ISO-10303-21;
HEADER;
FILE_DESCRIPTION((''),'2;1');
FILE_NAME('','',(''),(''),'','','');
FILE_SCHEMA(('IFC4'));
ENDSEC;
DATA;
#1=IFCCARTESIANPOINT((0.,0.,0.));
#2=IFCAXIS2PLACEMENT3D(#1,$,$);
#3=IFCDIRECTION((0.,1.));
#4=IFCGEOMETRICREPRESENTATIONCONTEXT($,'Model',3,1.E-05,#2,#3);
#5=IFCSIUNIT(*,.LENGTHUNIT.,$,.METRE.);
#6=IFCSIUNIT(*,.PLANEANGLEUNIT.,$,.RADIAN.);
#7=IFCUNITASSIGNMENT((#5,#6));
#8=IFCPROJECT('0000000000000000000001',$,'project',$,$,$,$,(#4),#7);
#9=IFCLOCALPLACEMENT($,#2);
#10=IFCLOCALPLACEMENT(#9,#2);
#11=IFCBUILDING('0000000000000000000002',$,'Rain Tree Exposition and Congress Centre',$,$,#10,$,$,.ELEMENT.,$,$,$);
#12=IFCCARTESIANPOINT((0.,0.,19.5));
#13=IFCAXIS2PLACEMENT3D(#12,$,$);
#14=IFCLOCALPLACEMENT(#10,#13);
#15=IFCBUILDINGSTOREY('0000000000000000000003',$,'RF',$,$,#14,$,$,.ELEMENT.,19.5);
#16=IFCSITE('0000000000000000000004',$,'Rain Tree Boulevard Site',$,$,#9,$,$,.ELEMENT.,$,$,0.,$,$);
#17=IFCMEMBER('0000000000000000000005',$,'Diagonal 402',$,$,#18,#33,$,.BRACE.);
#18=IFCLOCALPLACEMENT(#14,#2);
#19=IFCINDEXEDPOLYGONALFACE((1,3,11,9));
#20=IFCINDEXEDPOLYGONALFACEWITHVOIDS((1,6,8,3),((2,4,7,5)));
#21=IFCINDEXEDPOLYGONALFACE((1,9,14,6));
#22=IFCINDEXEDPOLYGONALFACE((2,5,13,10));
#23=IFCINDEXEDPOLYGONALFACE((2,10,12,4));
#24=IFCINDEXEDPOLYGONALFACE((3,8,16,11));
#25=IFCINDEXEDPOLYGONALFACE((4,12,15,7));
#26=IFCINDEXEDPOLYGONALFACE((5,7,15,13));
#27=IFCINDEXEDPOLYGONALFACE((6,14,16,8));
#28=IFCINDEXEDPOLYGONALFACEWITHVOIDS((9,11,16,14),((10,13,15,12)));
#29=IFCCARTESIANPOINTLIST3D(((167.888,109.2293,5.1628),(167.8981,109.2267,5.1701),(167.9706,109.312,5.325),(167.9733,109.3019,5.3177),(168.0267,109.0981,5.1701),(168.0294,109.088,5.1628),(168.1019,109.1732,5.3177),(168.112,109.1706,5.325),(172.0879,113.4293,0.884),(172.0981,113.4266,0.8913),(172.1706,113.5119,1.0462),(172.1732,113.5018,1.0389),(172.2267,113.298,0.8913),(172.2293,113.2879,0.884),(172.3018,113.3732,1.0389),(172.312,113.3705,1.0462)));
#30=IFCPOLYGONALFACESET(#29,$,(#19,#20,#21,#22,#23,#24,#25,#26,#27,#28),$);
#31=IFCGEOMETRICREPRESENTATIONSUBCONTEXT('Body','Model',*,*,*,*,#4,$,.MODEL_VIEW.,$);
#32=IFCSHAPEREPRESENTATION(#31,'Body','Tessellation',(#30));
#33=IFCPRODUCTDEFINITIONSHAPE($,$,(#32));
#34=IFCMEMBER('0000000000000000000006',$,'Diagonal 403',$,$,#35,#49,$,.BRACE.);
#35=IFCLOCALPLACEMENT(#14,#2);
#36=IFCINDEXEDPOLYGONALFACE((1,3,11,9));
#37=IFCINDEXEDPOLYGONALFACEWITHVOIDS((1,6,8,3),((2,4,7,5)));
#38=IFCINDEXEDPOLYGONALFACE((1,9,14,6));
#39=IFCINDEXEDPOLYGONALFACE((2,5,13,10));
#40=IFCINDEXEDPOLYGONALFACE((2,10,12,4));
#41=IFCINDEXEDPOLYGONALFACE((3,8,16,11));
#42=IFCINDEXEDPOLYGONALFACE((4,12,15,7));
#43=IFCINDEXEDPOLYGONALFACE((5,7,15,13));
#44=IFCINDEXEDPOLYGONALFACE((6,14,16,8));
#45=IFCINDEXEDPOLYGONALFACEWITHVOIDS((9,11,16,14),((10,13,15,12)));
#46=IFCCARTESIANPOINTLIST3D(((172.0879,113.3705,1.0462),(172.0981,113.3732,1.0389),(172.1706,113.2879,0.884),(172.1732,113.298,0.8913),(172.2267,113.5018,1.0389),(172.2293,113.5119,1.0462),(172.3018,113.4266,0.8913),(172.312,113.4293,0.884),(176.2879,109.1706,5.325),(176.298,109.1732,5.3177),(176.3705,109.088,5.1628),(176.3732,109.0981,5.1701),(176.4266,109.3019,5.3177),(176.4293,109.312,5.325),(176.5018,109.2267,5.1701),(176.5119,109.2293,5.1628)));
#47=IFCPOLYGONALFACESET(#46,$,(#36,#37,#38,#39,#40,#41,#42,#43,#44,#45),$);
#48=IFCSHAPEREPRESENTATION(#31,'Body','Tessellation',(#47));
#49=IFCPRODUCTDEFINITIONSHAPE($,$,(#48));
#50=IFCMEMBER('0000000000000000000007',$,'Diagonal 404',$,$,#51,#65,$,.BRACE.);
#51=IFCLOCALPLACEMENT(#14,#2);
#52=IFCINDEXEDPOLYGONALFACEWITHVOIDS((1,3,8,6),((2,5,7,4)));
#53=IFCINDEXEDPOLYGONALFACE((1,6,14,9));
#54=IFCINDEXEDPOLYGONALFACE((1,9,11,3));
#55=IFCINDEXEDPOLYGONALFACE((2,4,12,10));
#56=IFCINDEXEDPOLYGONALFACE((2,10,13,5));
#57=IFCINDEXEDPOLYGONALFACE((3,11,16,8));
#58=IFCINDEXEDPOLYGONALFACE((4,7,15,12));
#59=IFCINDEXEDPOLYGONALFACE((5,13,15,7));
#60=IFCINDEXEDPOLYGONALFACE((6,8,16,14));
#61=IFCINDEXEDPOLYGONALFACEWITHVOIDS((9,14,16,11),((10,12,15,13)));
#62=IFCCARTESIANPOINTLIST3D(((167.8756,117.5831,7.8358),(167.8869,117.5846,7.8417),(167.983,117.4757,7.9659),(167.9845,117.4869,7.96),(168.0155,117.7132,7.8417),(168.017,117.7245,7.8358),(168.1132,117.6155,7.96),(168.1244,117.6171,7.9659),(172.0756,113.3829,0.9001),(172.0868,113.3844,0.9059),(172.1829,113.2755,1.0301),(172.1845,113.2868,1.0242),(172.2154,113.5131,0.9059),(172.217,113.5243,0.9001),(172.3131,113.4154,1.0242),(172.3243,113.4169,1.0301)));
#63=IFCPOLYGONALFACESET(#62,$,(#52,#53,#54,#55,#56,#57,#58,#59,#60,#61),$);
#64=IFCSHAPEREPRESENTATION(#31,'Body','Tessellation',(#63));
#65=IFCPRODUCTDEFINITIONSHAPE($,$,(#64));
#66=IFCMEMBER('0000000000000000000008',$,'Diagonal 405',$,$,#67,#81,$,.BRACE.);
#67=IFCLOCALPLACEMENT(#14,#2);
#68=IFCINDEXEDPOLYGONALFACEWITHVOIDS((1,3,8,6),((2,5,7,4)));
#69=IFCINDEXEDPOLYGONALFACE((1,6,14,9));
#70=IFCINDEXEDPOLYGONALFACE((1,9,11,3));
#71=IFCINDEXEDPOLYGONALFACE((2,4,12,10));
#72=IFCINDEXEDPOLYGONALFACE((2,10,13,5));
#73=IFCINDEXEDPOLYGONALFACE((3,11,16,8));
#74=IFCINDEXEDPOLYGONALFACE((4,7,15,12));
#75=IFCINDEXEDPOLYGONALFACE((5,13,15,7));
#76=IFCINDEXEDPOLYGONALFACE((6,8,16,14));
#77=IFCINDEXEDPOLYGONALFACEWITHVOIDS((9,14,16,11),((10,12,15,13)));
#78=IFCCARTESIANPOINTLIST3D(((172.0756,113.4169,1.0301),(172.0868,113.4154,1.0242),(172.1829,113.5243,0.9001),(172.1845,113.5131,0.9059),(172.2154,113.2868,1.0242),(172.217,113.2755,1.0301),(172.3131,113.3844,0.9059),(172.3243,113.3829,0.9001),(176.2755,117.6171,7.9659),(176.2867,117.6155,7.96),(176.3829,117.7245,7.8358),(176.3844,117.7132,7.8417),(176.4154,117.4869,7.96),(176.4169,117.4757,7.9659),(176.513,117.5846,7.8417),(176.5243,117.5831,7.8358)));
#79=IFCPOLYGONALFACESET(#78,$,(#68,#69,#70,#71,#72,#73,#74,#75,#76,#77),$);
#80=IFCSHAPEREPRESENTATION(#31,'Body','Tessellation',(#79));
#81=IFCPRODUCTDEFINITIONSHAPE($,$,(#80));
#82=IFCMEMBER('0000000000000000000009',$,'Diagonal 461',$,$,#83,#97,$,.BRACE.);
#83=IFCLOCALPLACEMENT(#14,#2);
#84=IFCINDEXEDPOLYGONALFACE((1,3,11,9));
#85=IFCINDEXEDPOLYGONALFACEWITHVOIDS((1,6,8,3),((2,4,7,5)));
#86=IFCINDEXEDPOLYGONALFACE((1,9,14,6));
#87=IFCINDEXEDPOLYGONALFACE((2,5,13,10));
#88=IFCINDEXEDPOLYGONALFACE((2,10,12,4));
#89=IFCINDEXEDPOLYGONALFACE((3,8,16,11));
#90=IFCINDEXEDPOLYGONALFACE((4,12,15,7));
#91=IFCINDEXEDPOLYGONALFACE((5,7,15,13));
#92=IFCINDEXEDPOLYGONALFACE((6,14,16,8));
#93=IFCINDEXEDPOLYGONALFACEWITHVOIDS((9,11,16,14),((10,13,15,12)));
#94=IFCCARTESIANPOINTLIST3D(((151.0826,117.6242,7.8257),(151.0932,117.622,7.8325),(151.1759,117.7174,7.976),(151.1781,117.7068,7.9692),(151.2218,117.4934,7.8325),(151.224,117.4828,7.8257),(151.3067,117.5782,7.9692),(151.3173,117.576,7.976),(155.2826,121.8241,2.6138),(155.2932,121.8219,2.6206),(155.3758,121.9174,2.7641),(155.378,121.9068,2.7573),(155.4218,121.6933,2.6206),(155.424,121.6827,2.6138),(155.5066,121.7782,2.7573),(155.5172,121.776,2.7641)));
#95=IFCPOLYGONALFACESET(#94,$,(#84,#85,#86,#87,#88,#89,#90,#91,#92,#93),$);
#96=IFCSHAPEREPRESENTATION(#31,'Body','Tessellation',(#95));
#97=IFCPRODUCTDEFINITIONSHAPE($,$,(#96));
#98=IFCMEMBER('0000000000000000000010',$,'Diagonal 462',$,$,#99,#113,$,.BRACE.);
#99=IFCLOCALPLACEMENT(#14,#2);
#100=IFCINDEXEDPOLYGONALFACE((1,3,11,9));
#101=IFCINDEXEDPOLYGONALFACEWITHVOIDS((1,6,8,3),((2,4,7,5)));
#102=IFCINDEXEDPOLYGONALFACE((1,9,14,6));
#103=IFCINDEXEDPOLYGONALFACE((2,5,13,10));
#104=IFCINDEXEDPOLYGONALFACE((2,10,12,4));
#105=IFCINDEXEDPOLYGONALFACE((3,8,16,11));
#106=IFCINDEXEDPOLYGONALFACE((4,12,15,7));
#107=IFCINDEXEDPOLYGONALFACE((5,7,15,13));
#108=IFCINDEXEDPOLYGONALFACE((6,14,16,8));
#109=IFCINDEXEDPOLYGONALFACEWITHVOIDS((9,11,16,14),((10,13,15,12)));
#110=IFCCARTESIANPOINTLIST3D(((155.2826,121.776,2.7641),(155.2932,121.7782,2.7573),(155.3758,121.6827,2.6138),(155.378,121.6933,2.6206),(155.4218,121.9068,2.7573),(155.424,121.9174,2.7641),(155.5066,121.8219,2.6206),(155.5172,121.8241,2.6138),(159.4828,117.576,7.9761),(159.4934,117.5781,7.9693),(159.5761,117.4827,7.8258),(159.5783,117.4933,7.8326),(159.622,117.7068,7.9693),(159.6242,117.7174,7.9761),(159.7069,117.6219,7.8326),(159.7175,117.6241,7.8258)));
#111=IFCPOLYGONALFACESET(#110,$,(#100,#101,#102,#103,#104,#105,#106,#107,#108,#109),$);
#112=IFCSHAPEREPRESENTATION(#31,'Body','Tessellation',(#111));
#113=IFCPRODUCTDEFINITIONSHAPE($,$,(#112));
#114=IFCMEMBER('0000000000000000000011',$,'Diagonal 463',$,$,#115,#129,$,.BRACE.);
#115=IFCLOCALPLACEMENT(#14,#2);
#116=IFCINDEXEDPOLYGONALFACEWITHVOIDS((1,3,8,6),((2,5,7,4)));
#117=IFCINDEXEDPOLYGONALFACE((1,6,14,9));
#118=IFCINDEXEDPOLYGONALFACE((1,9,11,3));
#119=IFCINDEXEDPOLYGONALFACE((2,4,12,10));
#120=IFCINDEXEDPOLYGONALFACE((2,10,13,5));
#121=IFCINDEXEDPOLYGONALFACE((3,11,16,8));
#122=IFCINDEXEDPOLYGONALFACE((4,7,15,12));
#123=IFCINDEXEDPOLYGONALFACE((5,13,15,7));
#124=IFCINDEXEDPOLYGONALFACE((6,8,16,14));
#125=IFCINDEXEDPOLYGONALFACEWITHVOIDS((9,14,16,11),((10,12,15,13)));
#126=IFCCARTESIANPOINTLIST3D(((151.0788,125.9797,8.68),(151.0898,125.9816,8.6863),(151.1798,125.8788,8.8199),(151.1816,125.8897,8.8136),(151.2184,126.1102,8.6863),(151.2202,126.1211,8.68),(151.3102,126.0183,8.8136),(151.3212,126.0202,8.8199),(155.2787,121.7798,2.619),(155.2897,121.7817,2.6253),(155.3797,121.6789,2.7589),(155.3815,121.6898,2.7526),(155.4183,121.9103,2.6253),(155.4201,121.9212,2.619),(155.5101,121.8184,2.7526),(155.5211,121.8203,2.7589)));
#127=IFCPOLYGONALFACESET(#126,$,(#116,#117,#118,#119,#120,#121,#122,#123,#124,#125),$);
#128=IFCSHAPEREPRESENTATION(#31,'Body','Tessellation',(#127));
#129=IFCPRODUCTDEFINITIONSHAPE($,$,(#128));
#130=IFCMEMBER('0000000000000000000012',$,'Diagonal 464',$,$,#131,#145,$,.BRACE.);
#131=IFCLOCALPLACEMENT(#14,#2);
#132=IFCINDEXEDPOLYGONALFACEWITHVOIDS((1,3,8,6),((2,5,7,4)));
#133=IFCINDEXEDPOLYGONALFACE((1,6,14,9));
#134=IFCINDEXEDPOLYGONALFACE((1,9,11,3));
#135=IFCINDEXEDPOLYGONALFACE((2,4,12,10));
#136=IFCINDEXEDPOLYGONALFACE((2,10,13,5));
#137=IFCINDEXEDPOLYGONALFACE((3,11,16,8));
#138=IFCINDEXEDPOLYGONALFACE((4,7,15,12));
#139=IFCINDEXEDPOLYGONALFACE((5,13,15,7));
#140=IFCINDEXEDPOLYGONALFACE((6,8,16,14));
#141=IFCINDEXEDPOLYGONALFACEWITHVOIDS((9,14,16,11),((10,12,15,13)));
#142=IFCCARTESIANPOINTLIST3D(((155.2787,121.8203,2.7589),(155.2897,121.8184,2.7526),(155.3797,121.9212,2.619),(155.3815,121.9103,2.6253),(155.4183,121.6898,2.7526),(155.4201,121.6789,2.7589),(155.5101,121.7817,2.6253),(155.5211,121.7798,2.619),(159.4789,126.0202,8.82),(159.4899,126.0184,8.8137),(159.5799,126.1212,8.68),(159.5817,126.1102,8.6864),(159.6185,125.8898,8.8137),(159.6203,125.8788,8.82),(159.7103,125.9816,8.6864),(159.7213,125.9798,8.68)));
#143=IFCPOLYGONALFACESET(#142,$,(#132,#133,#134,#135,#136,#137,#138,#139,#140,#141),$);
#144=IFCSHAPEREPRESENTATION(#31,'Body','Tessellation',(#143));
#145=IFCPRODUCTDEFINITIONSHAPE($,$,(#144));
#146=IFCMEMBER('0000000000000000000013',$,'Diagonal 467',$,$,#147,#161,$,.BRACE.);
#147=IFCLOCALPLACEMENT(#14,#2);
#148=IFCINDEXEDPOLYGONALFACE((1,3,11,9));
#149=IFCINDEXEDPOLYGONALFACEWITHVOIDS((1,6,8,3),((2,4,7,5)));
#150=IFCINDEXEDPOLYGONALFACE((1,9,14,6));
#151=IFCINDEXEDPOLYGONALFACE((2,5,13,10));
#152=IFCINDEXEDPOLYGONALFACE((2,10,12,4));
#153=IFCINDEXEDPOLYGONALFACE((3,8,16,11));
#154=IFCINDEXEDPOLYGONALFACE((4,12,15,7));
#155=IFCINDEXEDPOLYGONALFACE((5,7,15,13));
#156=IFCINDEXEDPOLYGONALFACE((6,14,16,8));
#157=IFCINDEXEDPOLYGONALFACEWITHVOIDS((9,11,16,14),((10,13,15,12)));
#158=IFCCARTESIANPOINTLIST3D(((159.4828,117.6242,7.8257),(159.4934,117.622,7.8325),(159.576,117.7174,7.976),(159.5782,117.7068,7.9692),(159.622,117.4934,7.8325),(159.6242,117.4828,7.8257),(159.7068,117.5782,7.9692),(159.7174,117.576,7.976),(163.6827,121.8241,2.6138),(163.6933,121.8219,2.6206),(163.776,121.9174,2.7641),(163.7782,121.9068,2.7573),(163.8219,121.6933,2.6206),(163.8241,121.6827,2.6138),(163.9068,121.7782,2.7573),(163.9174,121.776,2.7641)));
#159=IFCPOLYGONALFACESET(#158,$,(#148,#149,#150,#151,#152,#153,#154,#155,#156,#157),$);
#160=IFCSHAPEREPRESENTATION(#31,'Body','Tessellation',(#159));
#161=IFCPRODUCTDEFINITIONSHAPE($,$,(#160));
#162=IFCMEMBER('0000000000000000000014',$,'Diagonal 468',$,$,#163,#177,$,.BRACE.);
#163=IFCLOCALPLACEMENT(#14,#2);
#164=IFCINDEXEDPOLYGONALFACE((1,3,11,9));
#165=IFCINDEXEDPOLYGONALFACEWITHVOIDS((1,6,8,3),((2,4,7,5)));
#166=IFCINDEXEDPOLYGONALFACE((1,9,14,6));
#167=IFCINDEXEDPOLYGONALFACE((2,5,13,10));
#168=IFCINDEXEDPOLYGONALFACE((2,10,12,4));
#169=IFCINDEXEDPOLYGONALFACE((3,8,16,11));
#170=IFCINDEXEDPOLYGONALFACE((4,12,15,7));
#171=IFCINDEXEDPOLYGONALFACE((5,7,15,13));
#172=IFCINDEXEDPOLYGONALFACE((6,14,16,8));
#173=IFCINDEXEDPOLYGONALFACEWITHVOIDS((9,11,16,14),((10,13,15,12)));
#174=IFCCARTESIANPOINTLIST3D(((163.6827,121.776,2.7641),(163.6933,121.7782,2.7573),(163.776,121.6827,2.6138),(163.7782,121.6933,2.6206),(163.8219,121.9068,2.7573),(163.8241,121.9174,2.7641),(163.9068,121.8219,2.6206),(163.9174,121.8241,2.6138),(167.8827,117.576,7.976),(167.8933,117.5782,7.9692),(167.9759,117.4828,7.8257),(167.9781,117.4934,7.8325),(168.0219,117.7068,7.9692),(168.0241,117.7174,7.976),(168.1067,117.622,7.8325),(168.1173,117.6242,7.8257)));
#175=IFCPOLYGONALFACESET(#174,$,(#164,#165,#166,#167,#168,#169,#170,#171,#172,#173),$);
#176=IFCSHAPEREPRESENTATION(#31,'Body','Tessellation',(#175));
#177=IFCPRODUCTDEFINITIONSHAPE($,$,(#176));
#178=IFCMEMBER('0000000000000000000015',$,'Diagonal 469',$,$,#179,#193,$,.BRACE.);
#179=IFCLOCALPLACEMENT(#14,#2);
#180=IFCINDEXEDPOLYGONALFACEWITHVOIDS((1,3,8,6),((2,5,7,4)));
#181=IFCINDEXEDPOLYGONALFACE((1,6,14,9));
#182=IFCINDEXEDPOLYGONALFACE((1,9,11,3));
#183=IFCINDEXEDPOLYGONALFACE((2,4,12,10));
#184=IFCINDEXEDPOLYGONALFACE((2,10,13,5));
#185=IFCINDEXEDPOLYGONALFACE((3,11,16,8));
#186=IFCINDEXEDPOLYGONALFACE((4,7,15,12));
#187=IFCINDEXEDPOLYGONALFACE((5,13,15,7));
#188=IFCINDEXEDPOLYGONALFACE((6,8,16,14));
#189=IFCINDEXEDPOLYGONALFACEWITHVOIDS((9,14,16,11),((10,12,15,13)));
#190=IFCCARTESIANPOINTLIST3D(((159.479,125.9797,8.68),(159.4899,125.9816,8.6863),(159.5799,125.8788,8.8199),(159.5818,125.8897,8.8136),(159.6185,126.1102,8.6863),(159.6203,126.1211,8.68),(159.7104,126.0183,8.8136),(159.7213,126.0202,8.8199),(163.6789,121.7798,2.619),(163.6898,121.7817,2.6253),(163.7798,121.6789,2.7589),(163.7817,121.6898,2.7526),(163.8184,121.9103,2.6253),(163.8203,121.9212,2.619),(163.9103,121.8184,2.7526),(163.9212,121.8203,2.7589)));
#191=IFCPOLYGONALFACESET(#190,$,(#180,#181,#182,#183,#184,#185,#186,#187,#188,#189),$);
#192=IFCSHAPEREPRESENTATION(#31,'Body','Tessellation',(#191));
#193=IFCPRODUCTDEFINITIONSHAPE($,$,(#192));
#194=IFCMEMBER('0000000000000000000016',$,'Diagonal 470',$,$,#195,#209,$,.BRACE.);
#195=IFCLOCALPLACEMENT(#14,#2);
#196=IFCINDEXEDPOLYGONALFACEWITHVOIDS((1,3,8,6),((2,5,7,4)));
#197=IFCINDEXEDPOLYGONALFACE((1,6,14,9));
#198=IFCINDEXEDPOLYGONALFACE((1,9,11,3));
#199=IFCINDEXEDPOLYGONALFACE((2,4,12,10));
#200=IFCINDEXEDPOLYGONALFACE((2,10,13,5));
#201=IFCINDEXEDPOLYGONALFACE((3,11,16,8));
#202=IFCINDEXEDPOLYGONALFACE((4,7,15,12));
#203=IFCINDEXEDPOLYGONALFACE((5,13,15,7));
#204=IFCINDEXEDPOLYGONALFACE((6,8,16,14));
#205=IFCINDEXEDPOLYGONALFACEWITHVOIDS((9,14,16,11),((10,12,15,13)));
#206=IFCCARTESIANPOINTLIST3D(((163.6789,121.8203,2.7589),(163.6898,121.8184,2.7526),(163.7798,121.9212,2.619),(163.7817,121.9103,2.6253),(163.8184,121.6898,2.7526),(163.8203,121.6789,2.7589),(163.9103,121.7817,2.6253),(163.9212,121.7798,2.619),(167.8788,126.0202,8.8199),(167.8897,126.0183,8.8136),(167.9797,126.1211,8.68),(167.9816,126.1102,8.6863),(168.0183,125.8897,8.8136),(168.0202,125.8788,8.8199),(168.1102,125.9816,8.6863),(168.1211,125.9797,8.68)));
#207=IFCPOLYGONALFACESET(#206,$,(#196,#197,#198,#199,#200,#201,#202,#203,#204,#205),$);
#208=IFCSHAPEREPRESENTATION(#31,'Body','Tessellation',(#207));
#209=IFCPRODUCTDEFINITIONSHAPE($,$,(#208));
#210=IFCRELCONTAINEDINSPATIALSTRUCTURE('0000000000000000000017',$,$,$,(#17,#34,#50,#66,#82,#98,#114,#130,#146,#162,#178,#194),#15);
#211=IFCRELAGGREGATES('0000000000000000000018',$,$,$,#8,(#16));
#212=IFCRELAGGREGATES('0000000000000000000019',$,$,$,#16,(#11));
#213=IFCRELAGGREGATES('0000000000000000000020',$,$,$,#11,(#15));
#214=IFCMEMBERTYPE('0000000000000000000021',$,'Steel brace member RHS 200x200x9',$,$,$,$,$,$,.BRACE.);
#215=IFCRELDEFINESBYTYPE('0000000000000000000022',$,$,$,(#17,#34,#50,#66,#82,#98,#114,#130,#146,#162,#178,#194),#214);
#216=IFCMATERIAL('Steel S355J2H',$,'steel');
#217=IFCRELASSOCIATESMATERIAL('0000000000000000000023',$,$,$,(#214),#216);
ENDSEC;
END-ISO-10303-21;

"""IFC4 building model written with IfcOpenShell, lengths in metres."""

from ifc_helpers import new_model, si_unit, direction, frame, origin, origin_2d, place, context, subcontext, project, spatial, hollow_rectangle, extrude, material, material_profile, profile_set, type_object, element, save


model = new_model("IFC4")

# Units and contexts
model_context = context("Model", 3, precision=1e-05, world=origin(), true_north=direction((0.0, 1.0)))
body_context = subcontext(model_context, "Body", "Model", "MODEL_VIEW")
ifc_project = project(units=[si_unit("LENGTHUNIT", "METRE"), si_unit("PLANEANGLEUNIT", "RADIAN")], contexts=[model_context])

# Site, building, storey
site_placement = place(None, origin())
site = spatial("IfcSite", under=ifc_project, at=site_placement, Name="Rain Tree Boulevard Site", CompositionType="ELEMENT", RefElevation=0.0)
building_placement = place(site_placement, origin())
building = spatial("IfcBuilding", under=site, at=building_placement, Name="Rain Tree Exposition and Congress Centre", CompositionType="ELEMENT")
storey_placement = place(building_placement, frame((0.0, 0.0, 19.5)))
storey = spatial("IfcBuildingStorey", under=building, at=storey_placement, Name="RF", CompositionType="ELEMENT", Elevation=19.5)

# Members
ifc_material_1 = material(Name="Steel S355J2H", Category="steel")
ifc_material_profile_1 = material_profile(ifc_material_1, hollow_rectangle(XDim=0.2, YDim=0.2, WallThickness=0.009, at=origin_2d()), Name="RHS 200x200x9")
ifc_profile_set_1 = profile_set([ifc_material_profile_1], Name="Steel S355J2H")
member_type_1 = type_object("IfcMemberType", Name="Steel brace member RHS 200x200x9", PredefinedType="BRACE", material=ifc_profile_set_1)
for number, where, z_axis, x_axis, name in (
    (1, (172.2, 113.3999, 0.9651), (-0.573737, -0.573737, 0.58451), (0.707107, -0.707107, 0.0), "Diagonal 402"),
    (2, (172.2, 113.3999, 0.9651), (0.573737, -0.573737, 0.58451), (0.707107, 0.707107, 0.0), "Diagonal 403"),
):
    element("IfcMember", number, at=place(storey_placement, frame(where, z_axis=z_axis, x_axis=x_axis)), inside=storey, type_object=member_type_1, Name=name, PredefinedType="BRACE", context=body_context, shape_type="SweptSolid", body=[
        extrude(hollow_rectangle(XDim=0.2, YDim=0.2, WallThickness=0.009, at=origin_2d()), origin(), (0.0, 0.0, 1.0), 7.3203),
    ])
for number, where, z_axis, x_axis, name in (
    (3, (172.2, 113.3999, 0.9651), (-0.459935, 0.459962, 0.759536), (-0.707127, -0.707086, 0.0), "Diagonal 404"),
    (4, (172.2, 113.3999, 0.9651), (0.459935, 0.459962, 0.759536), (-0.707127, 0.707086, 0.0), "Diagonal 405"),
):
    element("IfcMember", number, at=place(storey_placement, frame(where, z_axis=z_axis, x_axis=x_axis)), inside=storey, type_object=member_type_1, Name=name, PredefinedType="BRACE", context=body_context, shape_type="SweptSolid", body=[
        extrude(hollow_rectangle(XDim=0.2, YDim=0.2, WallThickness=0.009, at=origin_2d()), origin(), (0.0, 0.0, 1.0), 9.1316),
    ])
member_1_placement = place(storey_placement, frame((155.3999, 121.8, 2.689), z_axis=(-0.531498, -0.531498, 0.65956), x_axis=(0.707107, -0.707107, 0.0)))
element("IfcMember", 5, at=member_1_placement, inside=storey, type_object=member_type_1, Name="Diagonal 461", PredefinedType="BRACE", context=body_context, shape_type="SweptSolid", body=[
    extrude(hollow_rectangle(XDim=0.2, YDim=0.2, WallThickness=0.009, at=origin_2d()), origin(), (0.0, 0.0, 1.0), 7.9021),
])
member_2_placement = place(storey_placement, frame((155.3999, 121.8, 2.689), z_axis=(0.53152, -0.531489, 0.65955), x_axis=(0.707086, 0.707127, 0.0)))
element("IfcMember", 6, at=member_2_placement, inside=storey, type_object=member_type_1, Name="Diagonal 462", PredefinedType="BRACE", context=body_context, shape_type="SweptSolid", body=[
    extrude(hollow_rectangle(XDim=0.2, YDim=0.2, WallThickness=0.009, at=origin_2d()), origin(), (0.0, 0.0, 1.0), 7.9023),
])
member_3_placement = place(storey_placement, frame((155.3999, 121.8, 2.689), z_axis=(-0.494916, 0.494916, 0.714224), x_axis=(-0.707107, -0.707107, 0.0)))
element("IfcMember", 7, at=member_3_placement, inside=storey, type_object=member_type_1, Name="Diagonal 463", PredefinedType="BRACE", context=body_context, shape_type="SweptSolid", body=[
    extrude(hollow_rectangle(XDim=0.2, YDim=0.2, WallThickness=0.009, at=origin_2d()), origin(), (0.0, 0.0, 1.0), 8.4861),
])
member_4_placement = place(storey_placement, frame((155.3999, 121.8, 2.689), z_axis=(0.494938, 0.494909, 0.714214), x_axis=(-0.707086, 0.707127, 0.0)))
element("IfcMember", 8, at=member_4_placement, inside=storey, type_object=member_type_1, Name="Diagonal 464", PredefinedType="BRACE", context=body_context, shape_type="SweptSolid", body=[
    extrude(hollow_rectangle(XDim=0.2, YDim=0.2, WallThickness=0.009, at=origin_2d()), origin(), (0.0, 0.0, 1.0), 8.4863),
])
for number, where, z_axis, x_axis, name in (
    (9, (163.8, 121.8, 2.689), (-0.531498, -0.531498, 0.65956), (0.707107, -0.707107, 0.0), "Diagonal 467"),
    (10, (163.8, 121.8, 2.689), (0.531498, -0.531498, 0.65956), (0.707107, 0.707107, 0.0), "Diagonal 468"),
):
    element("IfcMember", number, at=place(storey_placement, frame(where, z_axis=z_axis, x_axis=x_axis)), inside=storey, type_object=member_type_1, Name=name, PredefinedType="BRACE", context=body_context, shape_type="SweptSolid", body=[
        extrude(hollow_rectangle(XDim=0.2, YDim=0.2, WallThickness=0.009, at=origin_2d()), origin(), (0.0, 0.0, 1.0), 7.9021),
    ])
for number, where, z_axis, x_axis, name in (
    (11, (163.8, 121.8, 2.689), (-0.494916, 0.494916, 0.714224), (-0.707107, -0.707107, 0.0), "Diagonal 469"),
    (12, (163.8, 121.8, 2.689), (0.494916, 0.494916, 0.714224), (-0.707107, 0.707107, 0.0), "Diagonal 470"),
):
    element("IfcMember", number, at=place(storey_placement, frame(where, z_axis=z_axis, x_axis=x_axis)), inside=storey, type_object=member_type_1, Name=name, PredefinedType="BRACE", context=body_context, shape_type="SweptSolid", body=[
        extrude(hollow_rectangle(XDim=0.2, YDim=0.2, WallThickness=0.009, at=origin_2d()), origin(), (0.0, 0.0, 1.0), 8.4861),
    ])

save(model, "model.ifc")
